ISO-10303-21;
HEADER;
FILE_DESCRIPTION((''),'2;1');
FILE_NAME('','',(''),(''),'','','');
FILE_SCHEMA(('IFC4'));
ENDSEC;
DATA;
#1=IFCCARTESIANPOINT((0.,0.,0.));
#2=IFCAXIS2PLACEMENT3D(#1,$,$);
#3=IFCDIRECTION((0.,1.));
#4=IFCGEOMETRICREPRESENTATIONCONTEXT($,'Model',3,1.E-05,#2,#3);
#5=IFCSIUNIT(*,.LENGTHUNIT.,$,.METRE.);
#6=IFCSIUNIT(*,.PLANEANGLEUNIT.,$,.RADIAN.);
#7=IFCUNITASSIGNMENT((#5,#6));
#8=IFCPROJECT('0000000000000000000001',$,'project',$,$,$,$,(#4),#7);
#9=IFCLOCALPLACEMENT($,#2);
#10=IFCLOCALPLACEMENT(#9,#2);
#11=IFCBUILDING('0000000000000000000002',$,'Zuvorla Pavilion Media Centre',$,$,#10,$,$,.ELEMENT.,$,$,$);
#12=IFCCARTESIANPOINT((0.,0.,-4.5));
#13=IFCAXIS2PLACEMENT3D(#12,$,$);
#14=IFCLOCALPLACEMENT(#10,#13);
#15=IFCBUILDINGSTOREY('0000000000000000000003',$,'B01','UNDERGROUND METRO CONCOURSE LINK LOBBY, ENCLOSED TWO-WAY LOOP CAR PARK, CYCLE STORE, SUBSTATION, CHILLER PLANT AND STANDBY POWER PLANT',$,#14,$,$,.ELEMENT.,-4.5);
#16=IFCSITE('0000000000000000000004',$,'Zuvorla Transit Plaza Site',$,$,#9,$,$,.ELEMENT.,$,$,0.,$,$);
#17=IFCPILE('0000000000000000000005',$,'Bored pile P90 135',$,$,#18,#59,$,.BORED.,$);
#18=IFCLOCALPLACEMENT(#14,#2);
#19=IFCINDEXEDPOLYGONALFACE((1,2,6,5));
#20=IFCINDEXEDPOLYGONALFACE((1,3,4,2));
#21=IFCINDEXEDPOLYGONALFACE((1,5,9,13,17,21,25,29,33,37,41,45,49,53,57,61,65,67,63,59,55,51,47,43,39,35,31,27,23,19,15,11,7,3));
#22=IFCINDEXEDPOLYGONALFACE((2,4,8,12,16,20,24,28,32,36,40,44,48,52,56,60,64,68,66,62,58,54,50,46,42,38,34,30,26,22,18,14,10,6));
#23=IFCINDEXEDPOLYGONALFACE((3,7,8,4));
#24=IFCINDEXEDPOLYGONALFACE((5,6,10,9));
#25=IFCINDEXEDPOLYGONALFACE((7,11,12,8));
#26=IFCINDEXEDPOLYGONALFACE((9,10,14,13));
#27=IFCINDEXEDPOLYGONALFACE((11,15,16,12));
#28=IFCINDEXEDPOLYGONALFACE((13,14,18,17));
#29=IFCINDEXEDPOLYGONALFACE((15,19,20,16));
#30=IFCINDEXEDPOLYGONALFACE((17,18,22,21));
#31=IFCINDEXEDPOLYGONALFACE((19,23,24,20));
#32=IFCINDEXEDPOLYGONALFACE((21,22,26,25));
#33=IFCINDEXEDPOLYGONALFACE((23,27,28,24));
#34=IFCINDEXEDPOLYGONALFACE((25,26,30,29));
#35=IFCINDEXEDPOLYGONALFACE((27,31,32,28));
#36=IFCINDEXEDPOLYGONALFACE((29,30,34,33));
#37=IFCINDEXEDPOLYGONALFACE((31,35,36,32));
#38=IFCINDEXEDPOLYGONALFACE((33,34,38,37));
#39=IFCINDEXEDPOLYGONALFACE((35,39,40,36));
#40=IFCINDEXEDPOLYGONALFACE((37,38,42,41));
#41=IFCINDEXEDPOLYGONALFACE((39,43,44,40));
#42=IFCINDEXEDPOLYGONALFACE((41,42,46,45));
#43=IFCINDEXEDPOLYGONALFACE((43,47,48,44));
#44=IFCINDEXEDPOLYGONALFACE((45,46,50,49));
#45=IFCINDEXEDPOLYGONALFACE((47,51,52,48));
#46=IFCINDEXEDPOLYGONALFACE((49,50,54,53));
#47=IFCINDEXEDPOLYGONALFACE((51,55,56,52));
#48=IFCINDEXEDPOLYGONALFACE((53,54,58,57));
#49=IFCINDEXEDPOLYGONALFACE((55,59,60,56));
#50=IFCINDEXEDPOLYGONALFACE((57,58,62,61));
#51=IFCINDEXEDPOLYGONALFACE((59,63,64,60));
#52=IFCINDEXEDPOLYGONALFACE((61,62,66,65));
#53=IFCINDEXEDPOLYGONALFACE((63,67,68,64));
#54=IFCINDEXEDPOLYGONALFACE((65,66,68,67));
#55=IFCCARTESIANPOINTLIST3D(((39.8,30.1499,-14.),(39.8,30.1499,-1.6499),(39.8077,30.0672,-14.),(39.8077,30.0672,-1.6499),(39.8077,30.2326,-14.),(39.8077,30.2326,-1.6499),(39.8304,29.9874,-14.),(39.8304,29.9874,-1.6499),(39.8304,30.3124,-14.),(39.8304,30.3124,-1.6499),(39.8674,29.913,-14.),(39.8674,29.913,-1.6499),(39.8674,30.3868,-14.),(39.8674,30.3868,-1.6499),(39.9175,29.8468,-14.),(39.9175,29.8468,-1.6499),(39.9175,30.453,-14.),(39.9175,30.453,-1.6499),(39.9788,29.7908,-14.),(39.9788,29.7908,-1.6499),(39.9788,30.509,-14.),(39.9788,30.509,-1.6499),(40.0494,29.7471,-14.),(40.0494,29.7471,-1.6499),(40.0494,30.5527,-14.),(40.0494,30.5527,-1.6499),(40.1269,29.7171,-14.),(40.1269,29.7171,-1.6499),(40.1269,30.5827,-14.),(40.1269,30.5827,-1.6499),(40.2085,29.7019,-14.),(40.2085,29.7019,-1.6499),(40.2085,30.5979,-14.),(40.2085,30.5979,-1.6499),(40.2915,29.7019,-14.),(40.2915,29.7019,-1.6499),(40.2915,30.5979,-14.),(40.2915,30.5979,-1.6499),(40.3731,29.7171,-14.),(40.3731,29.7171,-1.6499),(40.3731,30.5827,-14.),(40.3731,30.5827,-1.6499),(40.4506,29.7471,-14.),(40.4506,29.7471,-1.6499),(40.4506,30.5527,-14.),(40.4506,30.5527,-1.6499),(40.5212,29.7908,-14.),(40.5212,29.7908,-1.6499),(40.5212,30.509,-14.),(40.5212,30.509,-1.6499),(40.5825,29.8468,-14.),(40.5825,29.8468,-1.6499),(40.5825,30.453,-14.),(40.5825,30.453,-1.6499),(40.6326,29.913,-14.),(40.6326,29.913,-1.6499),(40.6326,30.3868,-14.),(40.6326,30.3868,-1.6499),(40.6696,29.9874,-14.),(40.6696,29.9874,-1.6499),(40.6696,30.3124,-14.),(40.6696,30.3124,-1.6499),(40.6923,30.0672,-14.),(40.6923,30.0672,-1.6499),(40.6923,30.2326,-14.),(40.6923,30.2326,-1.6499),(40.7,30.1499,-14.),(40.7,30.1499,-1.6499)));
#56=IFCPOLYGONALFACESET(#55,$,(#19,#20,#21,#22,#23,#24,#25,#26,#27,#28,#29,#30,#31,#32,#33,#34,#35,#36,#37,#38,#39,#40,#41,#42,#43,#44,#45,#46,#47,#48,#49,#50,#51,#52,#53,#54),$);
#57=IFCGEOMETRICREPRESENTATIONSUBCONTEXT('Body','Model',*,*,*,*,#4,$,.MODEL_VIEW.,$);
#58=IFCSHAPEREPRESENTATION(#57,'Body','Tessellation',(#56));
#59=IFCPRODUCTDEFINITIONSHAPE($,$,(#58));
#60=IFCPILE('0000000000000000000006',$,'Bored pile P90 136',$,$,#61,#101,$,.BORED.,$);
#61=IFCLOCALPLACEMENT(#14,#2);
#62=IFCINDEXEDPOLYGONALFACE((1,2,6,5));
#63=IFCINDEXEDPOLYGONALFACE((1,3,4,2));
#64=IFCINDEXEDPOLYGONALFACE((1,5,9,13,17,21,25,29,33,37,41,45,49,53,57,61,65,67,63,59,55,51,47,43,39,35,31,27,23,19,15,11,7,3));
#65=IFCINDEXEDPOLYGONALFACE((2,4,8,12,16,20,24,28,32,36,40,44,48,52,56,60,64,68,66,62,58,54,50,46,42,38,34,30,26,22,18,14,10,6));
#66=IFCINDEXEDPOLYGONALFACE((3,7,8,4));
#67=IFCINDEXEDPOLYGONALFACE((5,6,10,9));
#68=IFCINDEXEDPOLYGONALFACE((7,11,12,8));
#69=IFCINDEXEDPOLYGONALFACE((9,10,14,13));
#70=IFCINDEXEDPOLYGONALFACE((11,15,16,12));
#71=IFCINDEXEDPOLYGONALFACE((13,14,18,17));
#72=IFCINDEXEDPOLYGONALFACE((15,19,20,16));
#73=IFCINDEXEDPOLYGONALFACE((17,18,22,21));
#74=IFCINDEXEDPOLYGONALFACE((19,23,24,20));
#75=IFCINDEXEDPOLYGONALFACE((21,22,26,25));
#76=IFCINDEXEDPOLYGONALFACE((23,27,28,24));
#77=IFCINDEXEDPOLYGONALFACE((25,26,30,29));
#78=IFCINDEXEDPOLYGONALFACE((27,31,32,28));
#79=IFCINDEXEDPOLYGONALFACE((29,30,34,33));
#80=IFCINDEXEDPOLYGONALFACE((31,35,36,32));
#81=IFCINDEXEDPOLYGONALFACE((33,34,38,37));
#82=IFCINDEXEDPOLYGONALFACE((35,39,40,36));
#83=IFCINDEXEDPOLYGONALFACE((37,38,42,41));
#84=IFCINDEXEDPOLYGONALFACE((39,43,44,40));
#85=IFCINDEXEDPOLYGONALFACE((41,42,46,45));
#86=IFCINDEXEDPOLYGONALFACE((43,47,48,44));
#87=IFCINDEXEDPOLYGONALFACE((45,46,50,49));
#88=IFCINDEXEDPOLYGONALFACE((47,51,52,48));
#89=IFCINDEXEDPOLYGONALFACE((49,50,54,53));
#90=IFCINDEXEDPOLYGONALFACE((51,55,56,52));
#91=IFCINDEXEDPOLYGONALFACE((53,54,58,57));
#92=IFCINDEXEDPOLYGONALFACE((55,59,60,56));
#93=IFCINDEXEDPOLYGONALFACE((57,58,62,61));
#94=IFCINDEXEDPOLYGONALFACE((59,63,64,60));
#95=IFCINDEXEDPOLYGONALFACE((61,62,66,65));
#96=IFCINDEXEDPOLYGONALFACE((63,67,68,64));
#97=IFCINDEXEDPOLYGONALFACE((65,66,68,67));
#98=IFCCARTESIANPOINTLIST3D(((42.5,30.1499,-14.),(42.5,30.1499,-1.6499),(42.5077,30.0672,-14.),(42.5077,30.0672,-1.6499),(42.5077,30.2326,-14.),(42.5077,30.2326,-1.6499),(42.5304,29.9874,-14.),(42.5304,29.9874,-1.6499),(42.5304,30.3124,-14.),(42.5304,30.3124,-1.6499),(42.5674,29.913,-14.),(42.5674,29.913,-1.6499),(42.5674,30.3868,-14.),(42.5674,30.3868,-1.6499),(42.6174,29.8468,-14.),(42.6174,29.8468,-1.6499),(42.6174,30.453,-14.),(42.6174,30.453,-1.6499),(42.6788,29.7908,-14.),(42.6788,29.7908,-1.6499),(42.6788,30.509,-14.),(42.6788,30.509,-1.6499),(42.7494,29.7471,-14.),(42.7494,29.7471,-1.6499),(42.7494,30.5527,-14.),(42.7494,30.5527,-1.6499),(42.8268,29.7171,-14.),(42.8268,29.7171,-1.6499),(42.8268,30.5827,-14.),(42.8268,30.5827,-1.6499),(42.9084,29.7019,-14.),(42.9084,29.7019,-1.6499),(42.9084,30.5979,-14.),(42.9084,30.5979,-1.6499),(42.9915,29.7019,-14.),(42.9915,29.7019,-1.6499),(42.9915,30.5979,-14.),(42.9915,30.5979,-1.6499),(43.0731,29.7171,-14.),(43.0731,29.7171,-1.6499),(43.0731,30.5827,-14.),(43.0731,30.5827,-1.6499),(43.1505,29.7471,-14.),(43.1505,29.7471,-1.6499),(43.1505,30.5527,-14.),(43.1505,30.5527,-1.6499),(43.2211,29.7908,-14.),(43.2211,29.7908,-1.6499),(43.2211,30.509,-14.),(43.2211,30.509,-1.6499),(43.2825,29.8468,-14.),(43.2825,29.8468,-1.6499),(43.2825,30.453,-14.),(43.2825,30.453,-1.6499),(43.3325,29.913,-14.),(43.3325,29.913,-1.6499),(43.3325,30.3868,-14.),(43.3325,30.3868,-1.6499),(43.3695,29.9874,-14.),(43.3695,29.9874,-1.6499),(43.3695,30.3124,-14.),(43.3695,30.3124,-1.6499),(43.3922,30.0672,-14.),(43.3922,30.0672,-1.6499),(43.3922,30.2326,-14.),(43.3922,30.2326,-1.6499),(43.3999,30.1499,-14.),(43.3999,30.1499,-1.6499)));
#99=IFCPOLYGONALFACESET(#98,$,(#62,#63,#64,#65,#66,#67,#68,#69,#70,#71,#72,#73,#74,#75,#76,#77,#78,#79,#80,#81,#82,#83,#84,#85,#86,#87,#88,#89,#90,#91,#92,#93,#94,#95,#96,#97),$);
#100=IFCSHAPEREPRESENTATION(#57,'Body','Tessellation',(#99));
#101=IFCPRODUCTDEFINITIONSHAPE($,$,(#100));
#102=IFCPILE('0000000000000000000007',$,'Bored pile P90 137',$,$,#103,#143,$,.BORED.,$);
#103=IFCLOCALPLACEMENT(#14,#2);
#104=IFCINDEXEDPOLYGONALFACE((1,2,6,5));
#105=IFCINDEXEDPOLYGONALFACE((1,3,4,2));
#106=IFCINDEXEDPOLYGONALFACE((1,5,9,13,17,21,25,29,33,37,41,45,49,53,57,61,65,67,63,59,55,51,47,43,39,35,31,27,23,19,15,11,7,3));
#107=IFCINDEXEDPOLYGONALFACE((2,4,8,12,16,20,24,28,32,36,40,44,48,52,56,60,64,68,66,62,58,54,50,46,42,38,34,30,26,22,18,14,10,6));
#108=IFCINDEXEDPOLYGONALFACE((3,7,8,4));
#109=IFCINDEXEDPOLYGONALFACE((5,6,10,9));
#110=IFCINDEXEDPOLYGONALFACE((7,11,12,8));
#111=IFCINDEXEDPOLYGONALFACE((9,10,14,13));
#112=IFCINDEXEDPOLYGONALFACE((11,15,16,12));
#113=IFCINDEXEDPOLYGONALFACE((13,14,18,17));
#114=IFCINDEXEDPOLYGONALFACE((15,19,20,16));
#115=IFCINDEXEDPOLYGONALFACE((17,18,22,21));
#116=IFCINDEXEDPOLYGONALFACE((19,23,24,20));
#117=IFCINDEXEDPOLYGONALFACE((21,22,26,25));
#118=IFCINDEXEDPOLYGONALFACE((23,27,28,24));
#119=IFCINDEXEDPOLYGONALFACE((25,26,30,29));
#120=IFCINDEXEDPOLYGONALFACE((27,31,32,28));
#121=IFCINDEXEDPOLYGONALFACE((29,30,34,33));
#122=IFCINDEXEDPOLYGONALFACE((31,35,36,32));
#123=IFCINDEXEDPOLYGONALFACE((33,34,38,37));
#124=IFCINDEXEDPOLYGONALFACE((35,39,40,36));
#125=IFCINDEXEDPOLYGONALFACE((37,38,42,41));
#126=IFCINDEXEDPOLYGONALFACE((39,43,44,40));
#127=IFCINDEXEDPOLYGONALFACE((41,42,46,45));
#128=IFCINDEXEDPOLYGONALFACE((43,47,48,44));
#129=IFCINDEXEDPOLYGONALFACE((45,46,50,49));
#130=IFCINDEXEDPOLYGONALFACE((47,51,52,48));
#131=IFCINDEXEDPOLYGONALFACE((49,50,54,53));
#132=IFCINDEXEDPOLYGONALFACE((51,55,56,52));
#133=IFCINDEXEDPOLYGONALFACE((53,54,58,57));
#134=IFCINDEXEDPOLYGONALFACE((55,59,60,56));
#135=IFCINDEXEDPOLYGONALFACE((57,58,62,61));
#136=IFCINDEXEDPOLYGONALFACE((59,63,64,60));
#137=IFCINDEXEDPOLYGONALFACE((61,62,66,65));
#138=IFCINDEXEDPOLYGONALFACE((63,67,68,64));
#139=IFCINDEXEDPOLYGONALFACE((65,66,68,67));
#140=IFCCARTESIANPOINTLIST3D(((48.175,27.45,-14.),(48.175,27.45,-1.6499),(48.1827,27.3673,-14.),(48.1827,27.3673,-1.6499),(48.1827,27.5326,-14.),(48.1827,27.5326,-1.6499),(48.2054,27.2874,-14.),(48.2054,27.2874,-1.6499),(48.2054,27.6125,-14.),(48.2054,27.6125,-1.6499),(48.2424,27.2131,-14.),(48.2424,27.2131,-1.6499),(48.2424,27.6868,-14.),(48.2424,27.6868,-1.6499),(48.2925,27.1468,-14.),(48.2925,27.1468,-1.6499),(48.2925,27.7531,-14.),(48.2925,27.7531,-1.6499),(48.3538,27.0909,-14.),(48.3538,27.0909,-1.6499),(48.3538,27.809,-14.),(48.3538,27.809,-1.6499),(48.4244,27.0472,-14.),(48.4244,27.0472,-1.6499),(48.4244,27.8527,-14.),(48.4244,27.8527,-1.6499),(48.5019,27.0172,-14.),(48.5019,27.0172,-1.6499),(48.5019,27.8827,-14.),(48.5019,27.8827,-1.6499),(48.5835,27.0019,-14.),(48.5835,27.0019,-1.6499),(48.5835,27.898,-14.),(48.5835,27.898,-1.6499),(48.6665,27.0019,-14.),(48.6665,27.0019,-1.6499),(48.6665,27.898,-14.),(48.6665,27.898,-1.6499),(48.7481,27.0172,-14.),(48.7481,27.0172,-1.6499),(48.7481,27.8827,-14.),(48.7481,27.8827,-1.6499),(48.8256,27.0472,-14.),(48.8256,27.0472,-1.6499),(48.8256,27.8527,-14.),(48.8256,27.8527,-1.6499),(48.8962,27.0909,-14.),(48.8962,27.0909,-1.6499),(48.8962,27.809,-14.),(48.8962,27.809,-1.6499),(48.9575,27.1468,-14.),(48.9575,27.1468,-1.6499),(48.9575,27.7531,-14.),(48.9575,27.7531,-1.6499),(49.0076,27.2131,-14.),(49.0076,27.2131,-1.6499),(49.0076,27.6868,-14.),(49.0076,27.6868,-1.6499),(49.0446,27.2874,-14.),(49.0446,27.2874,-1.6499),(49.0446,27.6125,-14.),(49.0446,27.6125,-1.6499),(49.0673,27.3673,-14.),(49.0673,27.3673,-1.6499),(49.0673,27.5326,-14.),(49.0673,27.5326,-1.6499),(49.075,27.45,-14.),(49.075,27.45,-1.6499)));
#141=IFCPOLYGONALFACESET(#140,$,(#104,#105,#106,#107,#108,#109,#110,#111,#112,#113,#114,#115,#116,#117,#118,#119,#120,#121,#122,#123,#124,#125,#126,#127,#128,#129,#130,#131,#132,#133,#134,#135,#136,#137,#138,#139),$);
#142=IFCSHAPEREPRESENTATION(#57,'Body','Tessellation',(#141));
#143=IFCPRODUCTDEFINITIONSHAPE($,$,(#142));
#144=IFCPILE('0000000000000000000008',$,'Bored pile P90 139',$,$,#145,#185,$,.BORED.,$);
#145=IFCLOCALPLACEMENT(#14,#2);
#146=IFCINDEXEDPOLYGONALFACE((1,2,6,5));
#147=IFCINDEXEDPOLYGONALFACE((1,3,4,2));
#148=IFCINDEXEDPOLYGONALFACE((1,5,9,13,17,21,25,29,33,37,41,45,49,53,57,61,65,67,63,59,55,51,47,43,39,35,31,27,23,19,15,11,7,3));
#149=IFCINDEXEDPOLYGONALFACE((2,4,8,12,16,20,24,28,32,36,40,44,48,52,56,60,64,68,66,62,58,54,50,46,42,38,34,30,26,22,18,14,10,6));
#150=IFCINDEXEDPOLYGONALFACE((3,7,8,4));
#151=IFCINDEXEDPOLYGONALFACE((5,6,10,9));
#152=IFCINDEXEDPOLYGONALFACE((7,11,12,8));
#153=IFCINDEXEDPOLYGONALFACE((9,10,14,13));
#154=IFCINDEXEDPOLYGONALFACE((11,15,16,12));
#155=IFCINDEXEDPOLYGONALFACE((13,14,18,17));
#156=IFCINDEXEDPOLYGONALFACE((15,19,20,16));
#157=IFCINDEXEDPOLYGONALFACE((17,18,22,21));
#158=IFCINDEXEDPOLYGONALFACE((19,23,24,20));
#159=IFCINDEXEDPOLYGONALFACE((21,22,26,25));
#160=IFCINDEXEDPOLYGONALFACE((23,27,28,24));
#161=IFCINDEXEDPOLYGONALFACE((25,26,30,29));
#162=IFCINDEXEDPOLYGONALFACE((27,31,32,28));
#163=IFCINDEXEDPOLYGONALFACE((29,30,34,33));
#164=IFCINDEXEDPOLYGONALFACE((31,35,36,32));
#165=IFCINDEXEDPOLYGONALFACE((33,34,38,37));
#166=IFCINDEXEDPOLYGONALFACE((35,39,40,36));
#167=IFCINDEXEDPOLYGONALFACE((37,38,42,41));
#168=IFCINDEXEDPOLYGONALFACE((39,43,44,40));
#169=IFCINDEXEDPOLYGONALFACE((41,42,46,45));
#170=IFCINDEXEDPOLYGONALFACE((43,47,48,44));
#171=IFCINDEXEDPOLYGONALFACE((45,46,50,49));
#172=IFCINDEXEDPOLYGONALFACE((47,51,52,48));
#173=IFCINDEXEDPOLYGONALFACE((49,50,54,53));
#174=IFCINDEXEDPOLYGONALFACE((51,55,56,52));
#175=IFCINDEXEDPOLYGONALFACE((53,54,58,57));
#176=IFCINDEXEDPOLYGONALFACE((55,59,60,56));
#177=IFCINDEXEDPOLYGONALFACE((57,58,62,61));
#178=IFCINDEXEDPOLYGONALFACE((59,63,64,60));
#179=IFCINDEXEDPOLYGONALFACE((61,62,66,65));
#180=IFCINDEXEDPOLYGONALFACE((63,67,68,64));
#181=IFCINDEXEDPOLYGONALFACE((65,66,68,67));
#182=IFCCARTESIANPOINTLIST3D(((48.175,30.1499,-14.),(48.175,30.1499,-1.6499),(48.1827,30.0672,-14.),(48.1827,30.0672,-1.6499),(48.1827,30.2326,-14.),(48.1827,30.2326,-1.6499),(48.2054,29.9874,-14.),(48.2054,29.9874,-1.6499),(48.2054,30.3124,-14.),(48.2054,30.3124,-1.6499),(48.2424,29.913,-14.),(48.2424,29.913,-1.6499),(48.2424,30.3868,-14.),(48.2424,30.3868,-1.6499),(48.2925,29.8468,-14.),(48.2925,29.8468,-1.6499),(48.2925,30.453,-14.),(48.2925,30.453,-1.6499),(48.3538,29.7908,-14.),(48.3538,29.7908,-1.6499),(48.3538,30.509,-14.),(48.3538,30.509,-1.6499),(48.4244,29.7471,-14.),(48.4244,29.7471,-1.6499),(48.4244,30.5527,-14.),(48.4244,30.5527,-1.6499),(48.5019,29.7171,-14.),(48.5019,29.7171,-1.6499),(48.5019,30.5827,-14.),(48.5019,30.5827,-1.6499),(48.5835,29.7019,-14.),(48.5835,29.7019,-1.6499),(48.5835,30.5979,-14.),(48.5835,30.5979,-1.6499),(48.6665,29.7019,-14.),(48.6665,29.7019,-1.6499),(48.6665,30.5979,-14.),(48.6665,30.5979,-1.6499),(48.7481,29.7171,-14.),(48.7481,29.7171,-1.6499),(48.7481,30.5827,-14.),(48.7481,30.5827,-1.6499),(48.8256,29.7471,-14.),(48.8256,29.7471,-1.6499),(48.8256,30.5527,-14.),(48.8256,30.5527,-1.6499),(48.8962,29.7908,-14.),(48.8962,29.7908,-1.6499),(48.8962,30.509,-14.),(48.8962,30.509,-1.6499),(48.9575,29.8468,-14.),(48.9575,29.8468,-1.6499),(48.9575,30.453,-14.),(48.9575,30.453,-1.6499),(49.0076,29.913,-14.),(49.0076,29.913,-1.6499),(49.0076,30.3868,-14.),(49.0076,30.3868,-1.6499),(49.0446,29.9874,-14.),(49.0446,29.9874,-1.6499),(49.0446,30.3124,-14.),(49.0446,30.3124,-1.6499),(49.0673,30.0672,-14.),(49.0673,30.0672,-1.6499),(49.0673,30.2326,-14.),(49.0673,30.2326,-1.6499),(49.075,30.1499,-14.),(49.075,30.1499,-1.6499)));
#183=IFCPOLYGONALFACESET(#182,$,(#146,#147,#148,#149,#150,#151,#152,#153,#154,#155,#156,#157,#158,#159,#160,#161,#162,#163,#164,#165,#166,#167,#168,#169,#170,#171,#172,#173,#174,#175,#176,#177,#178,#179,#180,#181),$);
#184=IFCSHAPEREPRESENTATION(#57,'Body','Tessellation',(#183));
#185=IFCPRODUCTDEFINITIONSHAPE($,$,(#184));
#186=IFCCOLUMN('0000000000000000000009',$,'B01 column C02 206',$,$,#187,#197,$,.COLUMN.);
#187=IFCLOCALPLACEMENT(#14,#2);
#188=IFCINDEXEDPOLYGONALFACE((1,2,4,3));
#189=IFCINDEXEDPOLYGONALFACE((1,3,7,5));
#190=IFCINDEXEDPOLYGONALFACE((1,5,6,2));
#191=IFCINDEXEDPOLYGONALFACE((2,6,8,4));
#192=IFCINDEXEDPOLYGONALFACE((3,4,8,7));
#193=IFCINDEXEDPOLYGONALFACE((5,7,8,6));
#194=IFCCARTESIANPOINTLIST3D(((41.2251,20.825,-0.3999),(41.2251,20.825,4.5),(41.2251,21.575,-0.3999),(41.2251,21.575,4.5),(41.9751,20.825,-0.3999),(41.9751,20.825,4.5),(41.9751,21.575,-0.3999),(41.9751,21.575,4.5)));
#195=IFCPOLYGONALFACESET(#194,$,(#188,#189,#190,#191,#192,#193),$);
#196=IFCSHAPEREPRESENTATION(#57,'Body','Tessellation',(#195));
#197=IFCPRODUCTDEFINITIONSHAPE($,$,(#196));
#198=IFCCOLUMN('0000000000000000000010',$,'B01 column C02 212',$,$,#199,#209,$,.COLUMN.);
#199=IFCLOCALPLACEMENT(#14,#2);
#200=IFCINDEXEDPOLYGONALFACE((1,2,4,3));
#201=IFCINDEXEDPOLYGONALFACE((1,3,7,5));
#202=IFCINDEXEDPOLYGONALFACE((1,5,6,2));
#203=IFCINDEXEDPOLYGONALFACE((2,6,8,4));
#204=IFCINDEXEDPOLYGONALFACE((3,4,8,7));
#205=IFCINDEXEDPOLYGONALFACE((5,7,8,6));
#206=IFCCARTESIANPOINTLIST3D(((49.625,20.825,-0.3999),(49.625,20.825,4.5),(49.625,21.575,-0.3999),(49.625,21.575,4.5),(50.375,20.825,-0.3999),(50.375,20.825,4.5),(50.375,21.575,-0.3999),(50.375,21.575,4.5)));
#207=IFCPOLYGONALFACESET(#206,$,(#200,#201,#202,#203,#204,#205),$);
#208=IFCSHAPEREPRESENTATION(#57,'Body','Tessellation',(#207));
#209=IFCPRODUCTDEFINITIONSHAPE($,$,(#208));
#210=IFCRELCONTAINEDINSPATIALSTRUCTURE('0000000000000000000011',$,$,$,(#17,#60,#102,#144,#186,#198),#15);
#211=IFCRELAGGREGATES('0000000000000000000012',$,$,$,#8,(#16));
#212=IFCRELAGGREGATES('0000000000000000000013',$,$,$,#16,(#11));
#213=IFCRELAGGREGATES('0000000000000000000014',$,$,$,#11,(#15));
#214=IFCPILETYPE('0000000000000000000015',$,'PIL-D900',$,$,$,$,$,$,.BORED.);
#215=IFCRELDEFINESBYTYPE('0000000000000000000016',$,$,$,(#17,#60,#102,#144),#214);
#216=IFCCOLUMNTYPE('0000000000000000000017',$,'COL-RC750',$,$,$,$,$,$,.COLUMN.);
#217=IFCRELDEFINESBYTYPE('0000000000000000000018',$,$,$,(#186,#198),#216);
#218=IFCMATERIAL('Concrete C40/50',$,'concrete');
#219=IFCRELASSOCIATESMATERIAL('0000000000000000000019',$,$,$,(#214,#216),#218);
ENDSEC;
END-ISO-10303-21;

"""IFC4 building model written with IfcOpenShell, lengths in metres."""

from ifc_helpers import new_model, si_unit, direction, frame, origin, origin_2d, place, context, subcontext, project, spatial, rectangle, circle, extrude, material, material_profile, profile_set, type_object, element, save


model = new_model("IFC4")

# Units and contexts
model_context = context("Model", 3, precision=1e-05, world=origin(), true_north=direction((0.0, 1.0)))
body_context = subcontext(model_context, "Body", "Model", "MODEL_VIEW")
ifc_project = project(units=[si_unit("LENGTHUNIT", "METRE"), si_unit("PLANEANGLEUNIT", "RADIAN")], contexts=[model_context])

# Site, building, storey
site_placement = place(None, origin())
site = spatial("IfcSite", under=ifc_project, at=site_placement, Name="Zuvorla Transit Plaza Site", CompositionType="ELEMENT", RefElevation=0.0)
building_placement = place(site_placement, origin())
building = spatial("IfcBuilding", under=site, at=building_placement, Name="Zuvorla Pavilion Media Centre", CompositionType="ELEMENT")
storey_placement = place(building_placement, frame((0.0, 0.0, -4.5)))
storey = spatial("IfcBuildingStorey", under=building, at=storey_placement, Name="B01", Description="UNDERGROUND METRO CONCOURSE LINK LOBBY, ENCLOSED TWO-WAY LOOP CAR PARK, CYCLE STORE, SUBSTATION, CHILLER PLANT AND STANDBY POWER PLANT", CompositionType="ELEMENT", Elevation=-4.5)

# Shared definitions
ifc_material_1 = material(Name="Concrete C40/50", Category="concrete")

# Piles
ifc_material_profile_1 = material_profile(ifc_material_1, circle(Radius=0.45, at=origin_2d()), Name="BORED PILE 900")
ifc_profile_set_1 = profile_set([ifc_material_profile_1], Name="Concrete C40/50")
pile_type = type_object("IfcPileType", Name="PIL-D900", PredefinedType="BORED", material=ifc_profile_set_1)
for number, where, z_axis, x_axis, name in (
    (1, (40.25, 30.1499, -1.6499), (0.0, 0.0, -1.0), (1.0, 0.0, 0.0), "Bored pile P90 135"),
    (2, (42.95, 30.1499, -1.6499), (0.0, 0.0, -1.0), (1.0, 0.0, 0.0), "Bored pile P90 136"),
    (3, (48.625, 27.45, -1.6499), (0.0, 0.0, -1.0), (1.0, 0.0, 0.0), "Bored pile P90 137"),
    (4, (48.625, 30.1499, -1.6499), (0.0, 0.0, -1.0), (1.0, 0.0, 0.0), "Bored pile P90 139"),
):
    element("IfcPile", number, at=place(storey_placement, frame(where, z_axis=z_axis, x_axis=x_axis)), inside=storey, type_object=pile_type, Name=name, PredefinedType="BORED", context=body_context, shape_type="SweptSolid", body=[
        extrude(circle(Radius=0.45, at=origin_2d()), origin(), (0.0, 0.0, 1.0), 12.3501),
    ])

# Columns
ifc_material_profile_2 = material_profile(ifc_material_1, rectangle(XDim=0.75, YDim=0.75, at=origin_2d()), Name="RC 750x750")
ifc_profile_set_2 = profile_set([ifc_material_profile_2], Name="Concrete C40/50")
column_type = type_object("IfcColumnType", Name="COL-RC750", PredefinedType="COLUMN", material=ifc_profile_set_2)
for number, where, z_axis, x_axis, name in (
    (5, (41.6001, 21.2, -0.3999), (0.0, 0.0, 1.0), (1.0, 0.0, 0.0), "B01 column C02 206"),
    (6, (50.0, 21.2, -0.3999), (0.0, 0.0, 1.0), (1.0, 0.0, 0.0), "B01 column C02 212"),
):
    element("IfcColumn", number, at=place(storey_placement, frame(where, z_axis=z_axis, x_axis=x_axis)), inside=storey, type_object=column_type, Name=name, PredefinedType="COLUMN", context=body_context, shape_type="SweptSolid", body=[
        extrude(rectangle(XDim=0.75, YDim=0.75, at=origin_2d()), origin(), (0.0, 0.0, 1.0), 4.8999),
    ])

save(model, "model.ifc")
